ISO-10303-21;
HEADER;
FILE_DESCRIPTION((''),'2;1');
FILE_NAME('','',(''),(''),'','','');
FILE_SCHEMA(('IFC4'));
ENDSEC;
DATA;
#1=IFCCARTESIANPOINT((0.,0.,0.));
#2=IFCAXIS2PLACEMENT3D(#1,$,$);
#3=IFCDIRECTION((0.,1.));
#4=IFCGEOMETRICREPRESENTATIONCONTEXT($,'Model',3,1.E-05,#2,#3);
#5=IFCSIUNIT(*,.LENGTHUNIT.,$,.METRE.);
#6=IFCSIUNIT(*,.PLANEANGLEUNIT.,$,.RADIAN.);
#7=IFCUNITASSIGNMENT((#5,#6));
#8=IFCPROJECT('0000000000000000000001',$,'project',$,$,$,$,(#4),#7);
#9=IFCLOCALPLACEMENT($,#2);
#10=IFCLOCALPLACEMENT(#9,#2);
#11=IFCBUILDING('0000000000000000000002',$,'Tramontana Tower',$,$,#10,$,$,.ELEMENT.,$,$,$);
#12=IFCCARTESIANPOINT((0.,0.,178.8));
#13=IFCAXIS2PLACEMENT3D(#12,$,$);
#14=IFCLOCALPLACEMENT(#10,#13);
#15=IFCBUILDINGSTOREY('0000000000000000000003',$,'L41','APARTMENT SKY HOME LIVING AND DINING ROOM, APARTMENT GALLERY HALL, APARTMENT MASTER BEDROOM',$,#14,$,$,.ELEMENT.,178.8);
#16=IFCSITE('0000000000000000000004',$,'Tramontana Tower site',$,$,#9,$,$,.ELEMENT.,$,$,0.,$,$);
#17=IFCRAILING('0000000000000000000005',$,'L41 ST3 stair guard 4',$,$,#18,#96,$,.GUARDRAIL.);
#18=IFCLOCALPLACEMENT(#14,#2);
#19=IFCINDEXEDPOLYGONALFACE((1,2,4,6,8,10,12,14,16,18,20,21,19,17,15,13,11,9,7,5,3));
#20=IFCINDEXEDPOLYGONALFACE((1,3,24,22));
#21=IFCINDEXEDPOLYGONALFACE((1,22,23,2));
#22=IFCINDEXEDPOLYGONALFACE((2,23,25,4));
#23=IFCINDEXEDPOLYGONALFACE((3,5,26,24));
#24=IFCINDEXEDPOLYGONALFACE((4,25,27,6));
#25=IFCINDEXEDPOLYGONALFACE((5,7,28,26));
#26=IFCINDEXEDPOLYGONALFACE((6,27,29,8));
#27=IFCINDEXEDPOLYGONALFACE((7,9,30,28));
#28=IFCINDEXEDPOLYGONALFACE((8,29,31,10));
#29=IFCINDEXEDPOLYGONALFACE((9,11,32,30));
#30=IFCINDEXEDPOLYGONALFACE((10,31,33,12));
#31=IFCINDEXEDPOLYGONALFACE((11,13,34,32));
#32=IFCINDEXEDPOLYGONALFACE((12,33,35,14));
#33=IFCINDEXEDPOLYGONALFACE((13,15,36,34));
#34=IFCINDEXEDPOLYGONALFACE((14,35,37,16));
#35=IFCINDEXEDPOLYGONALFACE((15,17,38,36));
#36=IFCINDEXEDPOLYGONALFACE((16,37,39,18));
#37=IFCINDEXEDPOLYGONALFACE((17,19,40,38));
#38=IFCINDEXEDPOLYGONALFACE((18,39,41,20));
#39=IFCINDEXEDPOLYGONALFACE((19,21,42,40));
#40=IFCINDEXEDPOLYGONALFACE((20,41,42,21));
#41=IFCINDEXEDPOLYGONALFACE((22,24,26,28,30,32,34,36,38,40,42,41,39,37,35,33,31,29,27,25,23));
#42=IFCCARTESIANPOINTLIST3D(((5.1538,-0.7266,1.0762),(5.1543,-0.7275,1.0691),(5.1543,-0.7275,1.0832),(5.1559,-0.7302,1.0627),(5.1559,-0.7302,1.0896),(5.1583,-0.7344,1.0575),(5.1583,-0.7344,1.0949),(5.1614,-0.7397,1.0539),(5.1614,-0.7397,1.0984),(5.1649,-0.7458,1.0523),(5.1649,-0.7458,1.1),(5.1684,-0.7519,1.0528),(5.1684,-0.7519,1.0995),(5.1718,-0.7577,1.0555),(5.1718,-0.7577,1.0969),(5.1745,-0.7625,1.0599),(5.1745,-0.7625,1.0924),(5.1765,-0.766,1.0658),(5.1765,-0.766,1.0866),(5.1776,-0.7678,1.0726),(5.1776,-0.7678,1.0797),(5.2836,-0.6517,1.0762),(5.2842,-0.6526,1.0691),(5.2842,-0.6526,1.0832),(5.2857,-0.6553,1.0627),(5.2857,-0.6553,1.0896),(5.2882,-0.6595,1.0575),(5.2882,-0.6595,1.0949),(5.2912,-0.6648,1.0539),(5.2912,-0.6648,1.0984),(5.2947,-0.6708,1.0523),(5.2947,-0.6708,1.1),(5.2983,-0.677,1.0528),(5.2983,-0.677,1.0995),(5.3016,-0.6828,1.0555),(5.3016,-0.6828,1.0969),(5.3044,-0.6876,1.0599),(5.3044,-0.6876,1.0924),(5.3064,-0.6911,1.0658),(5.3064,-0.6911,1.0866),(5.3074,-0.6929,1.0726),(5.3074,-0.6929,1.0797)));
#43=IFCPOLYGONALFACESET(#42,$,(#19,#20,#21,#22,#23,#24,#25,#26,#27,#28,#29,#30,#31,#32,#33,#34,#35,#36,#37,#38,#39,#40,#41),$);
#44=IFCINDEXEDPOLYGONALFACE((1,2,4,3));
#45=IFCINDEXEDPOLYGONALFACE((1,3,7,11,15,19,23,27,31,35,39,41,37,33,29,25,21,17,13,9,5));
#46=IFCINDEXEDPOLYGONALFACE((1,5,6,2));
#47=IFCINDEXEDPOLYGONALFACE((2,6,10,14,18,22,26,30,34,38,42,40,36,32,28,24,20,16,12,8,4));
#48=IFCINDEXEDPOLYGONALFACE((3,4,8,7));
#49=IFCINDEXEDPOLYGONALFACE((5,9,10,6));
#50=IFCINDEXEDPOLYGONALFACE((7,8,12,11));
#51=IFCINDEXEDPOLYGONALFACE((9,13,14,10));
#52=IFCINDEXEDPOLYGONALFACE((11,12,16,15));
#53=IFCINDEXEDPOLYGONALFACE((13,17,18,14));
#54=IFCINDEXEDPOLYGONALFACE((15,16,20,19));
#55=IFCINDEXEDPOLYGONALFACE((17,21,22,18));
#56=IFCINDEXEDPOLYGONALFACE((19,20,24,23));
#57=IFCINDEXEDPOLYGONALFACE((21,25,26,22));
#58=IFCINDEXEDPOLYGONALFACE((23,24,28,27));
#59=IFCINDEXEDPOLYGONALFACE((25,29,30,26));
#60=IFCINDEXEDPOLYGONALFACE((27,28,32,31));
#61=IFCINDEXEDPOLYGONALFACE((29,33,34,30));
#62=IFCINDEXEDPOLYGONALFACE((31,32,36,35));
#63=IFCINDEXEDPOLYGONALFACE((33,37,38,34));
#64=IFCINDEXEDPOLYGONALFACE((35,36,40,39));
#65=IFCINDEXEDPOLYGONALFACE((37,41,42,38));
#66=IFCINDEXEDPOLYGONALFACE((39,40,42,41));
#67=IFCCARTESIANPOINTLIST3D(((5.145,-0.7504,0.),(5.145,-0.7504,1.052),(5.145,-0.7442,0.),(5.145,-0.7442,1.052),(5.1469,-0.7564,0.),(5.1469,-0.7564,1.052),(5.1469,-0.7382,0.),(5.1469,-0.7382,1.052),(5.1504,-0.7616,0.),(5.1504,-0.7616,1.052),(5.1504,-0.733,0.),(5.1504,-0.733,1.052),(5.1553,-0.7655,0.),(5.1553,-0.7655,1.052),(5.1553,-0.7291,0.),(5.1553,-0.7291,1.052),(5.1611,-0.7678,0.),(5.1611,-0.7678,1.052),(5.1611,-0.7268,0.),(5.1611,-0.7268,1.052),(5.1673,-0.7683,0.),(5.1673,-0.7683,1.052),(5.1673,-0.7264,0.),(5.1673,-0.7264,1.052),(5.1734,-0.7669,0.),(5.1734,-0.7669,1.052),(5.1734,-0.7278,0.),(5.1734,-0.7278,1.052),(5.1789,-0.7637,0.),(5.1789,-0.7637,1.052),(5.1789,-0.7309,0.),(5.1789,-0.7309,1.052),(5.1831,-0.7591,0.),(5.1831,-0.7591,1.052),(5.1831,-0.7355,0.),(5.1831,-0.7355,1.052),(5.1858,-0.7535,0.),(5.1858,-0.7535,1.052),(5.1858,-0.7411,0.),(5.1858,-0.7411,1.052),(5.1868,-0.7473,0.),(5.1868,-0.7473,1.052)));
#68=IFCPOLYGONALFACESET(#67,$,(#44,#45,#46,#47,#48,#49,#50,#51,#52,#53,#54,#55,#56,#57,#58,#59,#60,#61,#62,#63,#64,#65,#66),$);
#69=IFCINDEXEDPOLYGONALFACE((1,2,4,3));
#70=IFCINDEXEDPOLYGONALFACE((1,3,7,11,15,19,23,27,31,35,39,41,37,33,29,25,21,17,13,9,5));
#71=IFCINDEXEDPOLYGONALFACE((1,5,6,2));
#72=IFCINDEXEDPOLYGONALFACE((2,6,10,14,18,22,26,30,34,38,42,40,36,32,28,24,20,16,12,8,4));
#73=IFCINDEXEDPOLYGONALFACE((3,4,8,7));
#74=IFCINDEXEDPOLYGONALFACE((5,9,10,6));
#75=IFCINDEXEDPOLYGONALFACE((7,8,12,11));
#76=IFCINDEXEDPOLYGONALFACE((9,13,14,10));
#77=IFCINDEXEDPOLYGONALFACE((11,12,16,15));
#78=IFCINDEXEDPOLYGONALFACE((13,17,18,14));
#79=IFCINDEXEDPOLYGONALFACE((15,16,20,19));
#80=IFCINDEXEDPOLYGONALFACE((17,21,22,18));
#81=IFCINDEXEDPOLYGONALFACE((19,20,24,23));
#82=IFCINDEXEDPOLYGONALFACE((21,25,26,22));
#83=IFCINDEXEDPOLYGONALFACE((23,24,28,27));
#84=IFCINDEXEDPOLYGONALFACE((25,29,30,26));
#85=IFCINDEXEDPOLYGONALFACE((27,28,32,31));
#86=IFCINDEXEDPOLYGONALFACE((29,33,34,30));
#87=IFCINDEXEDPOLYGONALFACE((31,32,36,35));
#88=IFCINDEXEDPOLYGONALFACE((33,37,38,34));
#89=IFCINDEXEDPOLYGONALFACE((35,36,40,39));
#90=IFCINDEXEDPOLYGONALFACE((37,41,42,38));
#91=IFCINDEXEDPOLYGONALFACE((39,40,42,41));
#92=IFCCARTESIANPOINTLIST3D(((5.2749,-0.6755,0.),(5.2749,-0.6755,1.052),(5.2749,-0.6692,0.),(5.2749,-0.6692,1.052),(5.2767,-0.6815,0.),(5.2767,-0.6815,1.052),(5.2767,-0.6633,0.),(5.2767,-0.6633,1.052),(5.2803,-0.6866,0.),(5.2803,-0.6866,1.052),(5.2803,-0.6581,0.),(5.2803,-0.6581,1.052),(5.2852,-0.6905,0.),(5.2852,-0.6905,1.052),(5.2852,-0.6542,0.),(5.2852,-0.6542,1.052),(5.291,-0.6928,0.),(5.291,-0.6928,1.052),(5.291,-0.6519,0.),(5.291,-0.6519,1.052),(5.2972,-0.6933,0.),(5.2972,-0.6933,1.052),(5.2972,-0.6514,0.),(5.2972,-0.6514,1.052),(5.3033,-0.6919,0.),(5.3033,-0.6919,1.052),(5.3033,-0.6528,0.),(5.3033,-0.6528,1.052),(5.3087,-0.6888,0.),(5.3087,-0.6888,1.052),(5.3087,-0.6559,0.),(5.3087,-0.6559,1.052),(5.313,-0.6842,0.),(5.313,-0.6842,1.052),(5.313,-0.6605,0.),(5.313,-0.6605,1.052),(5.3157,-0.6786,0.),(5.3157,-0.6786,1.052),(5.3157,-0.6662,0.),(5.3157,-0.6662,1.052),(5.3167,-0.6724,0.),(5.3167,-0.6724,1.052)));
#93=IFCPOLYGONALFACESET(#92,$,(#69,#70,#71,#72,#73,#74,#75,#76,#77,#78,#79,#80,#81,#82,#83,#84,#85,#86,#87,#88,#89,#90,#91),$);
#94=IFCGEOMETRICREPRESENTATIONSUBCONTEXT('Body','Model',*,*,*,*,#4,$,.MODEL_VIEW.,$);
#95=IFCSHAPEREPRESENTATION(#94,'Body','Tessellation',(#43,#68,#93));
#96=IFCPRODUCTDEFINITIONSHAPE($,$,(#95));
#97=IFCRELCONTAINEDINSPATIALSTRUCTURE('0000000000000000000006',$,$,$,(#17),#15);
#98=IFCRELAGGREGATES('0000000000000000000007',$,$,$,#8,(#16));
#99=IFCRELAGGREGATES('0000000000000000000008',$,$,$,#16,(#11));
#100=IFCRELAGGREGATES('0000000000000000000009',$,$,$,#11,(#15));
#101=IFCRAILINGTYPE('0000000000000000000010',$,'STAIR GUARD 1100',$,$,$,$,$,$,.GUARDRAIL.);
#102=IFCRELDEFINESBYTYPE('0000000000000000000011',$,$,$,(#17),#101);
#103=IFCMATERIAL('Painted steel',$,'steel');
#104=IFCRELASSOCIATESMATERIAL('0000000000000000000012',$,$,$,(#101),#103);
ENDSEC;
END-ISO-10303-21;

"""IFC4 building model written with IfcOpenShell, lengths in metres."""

from ifc_helpers import new_model, si_unit, direction, frame, origin, origin_2d, place, context, subcontext, project, spatial, circle, extrude, material, type_object, element, save


model = new_model("IFC4")

# Units and contexts
model_context = context("Model", 3, precision=1e-05, world=origin(), true_north=direction((0.0, 1.0)))
body_context = subcontext(model_context, "Body", "Model", "MODEL_VIEW")
ifc_project = project(units=[si_unit("LENGTHUNIT", "METRE"), si_unit("PLANEANGLEUNIT", "RADIAN")], contexts=[model_context])

# Site, building, storey
site_placement = place(None, origin())
site = spatial("IfcSite", under=ifc_project, at=site_placement, Name="Tramontana Tower site", CompositionType="ELEMENT", RefElevation=0.0)
building_placement = place(site_placement, origin())
building = spatial("IfcBuilding", under=site, at=building_placement, Name="Tramontana Tower", CompositionType="ELEMENT")
storey_placement = place(building_placement, frame((0.0, 0.0, 178.8)))
storey = spatial("IfcBuildingStorey", under=building, at=storey_placement, Name="L41", Description="APARTMENT SKY HOME LIVING AND DINING ROOM, APARTMENT GALLERY HALL, APARTMENT MASTER BEDROOM", CompositionType="ELEMENT", Elevation=178.8)

# Railing
ifc_material_1 = material(Name="Painted steel", Category="steel")
railing_type_1 = type_object("IfcRailingType", Name="STAIR GUARD 1100", PredefinedType="GUARDRAIL", material=ifc_material_1)
railing_1_placement = place(storey_placement, frame((5.1658, -0.7473, 0.0)))
element("IfcRailing", 1, at=railing_1_placement, inside=storey, type_object=railing_type_1, Name="L41 ST3 stair guard 4", PredefinedType="GUARDRAIL", context=body_context, shape_type="SweptSolid", body=[
    extrude(circle(Radius=0.0239, at=origin_2d()), frame((0.0, 0.0, 1.0762), z_axis=(0.866131, 0.499816, 0.0), x_axis=(-0.499816, 0.866131, 0.0)), (0.0, 0.0, 1.0), 0.1499),
    extrude(circle(Radius=0.021, at=origin_2d()), origin(), (0.0, 0.0, 1.0), 1.052),
    extrude(circle(Radius=0.021, at=origin_2d()), frame((0.1299, 0.075, 0.0)), (0.0, 0.0, 1.0), 1.052),
])

save(model, "model.ifc")
